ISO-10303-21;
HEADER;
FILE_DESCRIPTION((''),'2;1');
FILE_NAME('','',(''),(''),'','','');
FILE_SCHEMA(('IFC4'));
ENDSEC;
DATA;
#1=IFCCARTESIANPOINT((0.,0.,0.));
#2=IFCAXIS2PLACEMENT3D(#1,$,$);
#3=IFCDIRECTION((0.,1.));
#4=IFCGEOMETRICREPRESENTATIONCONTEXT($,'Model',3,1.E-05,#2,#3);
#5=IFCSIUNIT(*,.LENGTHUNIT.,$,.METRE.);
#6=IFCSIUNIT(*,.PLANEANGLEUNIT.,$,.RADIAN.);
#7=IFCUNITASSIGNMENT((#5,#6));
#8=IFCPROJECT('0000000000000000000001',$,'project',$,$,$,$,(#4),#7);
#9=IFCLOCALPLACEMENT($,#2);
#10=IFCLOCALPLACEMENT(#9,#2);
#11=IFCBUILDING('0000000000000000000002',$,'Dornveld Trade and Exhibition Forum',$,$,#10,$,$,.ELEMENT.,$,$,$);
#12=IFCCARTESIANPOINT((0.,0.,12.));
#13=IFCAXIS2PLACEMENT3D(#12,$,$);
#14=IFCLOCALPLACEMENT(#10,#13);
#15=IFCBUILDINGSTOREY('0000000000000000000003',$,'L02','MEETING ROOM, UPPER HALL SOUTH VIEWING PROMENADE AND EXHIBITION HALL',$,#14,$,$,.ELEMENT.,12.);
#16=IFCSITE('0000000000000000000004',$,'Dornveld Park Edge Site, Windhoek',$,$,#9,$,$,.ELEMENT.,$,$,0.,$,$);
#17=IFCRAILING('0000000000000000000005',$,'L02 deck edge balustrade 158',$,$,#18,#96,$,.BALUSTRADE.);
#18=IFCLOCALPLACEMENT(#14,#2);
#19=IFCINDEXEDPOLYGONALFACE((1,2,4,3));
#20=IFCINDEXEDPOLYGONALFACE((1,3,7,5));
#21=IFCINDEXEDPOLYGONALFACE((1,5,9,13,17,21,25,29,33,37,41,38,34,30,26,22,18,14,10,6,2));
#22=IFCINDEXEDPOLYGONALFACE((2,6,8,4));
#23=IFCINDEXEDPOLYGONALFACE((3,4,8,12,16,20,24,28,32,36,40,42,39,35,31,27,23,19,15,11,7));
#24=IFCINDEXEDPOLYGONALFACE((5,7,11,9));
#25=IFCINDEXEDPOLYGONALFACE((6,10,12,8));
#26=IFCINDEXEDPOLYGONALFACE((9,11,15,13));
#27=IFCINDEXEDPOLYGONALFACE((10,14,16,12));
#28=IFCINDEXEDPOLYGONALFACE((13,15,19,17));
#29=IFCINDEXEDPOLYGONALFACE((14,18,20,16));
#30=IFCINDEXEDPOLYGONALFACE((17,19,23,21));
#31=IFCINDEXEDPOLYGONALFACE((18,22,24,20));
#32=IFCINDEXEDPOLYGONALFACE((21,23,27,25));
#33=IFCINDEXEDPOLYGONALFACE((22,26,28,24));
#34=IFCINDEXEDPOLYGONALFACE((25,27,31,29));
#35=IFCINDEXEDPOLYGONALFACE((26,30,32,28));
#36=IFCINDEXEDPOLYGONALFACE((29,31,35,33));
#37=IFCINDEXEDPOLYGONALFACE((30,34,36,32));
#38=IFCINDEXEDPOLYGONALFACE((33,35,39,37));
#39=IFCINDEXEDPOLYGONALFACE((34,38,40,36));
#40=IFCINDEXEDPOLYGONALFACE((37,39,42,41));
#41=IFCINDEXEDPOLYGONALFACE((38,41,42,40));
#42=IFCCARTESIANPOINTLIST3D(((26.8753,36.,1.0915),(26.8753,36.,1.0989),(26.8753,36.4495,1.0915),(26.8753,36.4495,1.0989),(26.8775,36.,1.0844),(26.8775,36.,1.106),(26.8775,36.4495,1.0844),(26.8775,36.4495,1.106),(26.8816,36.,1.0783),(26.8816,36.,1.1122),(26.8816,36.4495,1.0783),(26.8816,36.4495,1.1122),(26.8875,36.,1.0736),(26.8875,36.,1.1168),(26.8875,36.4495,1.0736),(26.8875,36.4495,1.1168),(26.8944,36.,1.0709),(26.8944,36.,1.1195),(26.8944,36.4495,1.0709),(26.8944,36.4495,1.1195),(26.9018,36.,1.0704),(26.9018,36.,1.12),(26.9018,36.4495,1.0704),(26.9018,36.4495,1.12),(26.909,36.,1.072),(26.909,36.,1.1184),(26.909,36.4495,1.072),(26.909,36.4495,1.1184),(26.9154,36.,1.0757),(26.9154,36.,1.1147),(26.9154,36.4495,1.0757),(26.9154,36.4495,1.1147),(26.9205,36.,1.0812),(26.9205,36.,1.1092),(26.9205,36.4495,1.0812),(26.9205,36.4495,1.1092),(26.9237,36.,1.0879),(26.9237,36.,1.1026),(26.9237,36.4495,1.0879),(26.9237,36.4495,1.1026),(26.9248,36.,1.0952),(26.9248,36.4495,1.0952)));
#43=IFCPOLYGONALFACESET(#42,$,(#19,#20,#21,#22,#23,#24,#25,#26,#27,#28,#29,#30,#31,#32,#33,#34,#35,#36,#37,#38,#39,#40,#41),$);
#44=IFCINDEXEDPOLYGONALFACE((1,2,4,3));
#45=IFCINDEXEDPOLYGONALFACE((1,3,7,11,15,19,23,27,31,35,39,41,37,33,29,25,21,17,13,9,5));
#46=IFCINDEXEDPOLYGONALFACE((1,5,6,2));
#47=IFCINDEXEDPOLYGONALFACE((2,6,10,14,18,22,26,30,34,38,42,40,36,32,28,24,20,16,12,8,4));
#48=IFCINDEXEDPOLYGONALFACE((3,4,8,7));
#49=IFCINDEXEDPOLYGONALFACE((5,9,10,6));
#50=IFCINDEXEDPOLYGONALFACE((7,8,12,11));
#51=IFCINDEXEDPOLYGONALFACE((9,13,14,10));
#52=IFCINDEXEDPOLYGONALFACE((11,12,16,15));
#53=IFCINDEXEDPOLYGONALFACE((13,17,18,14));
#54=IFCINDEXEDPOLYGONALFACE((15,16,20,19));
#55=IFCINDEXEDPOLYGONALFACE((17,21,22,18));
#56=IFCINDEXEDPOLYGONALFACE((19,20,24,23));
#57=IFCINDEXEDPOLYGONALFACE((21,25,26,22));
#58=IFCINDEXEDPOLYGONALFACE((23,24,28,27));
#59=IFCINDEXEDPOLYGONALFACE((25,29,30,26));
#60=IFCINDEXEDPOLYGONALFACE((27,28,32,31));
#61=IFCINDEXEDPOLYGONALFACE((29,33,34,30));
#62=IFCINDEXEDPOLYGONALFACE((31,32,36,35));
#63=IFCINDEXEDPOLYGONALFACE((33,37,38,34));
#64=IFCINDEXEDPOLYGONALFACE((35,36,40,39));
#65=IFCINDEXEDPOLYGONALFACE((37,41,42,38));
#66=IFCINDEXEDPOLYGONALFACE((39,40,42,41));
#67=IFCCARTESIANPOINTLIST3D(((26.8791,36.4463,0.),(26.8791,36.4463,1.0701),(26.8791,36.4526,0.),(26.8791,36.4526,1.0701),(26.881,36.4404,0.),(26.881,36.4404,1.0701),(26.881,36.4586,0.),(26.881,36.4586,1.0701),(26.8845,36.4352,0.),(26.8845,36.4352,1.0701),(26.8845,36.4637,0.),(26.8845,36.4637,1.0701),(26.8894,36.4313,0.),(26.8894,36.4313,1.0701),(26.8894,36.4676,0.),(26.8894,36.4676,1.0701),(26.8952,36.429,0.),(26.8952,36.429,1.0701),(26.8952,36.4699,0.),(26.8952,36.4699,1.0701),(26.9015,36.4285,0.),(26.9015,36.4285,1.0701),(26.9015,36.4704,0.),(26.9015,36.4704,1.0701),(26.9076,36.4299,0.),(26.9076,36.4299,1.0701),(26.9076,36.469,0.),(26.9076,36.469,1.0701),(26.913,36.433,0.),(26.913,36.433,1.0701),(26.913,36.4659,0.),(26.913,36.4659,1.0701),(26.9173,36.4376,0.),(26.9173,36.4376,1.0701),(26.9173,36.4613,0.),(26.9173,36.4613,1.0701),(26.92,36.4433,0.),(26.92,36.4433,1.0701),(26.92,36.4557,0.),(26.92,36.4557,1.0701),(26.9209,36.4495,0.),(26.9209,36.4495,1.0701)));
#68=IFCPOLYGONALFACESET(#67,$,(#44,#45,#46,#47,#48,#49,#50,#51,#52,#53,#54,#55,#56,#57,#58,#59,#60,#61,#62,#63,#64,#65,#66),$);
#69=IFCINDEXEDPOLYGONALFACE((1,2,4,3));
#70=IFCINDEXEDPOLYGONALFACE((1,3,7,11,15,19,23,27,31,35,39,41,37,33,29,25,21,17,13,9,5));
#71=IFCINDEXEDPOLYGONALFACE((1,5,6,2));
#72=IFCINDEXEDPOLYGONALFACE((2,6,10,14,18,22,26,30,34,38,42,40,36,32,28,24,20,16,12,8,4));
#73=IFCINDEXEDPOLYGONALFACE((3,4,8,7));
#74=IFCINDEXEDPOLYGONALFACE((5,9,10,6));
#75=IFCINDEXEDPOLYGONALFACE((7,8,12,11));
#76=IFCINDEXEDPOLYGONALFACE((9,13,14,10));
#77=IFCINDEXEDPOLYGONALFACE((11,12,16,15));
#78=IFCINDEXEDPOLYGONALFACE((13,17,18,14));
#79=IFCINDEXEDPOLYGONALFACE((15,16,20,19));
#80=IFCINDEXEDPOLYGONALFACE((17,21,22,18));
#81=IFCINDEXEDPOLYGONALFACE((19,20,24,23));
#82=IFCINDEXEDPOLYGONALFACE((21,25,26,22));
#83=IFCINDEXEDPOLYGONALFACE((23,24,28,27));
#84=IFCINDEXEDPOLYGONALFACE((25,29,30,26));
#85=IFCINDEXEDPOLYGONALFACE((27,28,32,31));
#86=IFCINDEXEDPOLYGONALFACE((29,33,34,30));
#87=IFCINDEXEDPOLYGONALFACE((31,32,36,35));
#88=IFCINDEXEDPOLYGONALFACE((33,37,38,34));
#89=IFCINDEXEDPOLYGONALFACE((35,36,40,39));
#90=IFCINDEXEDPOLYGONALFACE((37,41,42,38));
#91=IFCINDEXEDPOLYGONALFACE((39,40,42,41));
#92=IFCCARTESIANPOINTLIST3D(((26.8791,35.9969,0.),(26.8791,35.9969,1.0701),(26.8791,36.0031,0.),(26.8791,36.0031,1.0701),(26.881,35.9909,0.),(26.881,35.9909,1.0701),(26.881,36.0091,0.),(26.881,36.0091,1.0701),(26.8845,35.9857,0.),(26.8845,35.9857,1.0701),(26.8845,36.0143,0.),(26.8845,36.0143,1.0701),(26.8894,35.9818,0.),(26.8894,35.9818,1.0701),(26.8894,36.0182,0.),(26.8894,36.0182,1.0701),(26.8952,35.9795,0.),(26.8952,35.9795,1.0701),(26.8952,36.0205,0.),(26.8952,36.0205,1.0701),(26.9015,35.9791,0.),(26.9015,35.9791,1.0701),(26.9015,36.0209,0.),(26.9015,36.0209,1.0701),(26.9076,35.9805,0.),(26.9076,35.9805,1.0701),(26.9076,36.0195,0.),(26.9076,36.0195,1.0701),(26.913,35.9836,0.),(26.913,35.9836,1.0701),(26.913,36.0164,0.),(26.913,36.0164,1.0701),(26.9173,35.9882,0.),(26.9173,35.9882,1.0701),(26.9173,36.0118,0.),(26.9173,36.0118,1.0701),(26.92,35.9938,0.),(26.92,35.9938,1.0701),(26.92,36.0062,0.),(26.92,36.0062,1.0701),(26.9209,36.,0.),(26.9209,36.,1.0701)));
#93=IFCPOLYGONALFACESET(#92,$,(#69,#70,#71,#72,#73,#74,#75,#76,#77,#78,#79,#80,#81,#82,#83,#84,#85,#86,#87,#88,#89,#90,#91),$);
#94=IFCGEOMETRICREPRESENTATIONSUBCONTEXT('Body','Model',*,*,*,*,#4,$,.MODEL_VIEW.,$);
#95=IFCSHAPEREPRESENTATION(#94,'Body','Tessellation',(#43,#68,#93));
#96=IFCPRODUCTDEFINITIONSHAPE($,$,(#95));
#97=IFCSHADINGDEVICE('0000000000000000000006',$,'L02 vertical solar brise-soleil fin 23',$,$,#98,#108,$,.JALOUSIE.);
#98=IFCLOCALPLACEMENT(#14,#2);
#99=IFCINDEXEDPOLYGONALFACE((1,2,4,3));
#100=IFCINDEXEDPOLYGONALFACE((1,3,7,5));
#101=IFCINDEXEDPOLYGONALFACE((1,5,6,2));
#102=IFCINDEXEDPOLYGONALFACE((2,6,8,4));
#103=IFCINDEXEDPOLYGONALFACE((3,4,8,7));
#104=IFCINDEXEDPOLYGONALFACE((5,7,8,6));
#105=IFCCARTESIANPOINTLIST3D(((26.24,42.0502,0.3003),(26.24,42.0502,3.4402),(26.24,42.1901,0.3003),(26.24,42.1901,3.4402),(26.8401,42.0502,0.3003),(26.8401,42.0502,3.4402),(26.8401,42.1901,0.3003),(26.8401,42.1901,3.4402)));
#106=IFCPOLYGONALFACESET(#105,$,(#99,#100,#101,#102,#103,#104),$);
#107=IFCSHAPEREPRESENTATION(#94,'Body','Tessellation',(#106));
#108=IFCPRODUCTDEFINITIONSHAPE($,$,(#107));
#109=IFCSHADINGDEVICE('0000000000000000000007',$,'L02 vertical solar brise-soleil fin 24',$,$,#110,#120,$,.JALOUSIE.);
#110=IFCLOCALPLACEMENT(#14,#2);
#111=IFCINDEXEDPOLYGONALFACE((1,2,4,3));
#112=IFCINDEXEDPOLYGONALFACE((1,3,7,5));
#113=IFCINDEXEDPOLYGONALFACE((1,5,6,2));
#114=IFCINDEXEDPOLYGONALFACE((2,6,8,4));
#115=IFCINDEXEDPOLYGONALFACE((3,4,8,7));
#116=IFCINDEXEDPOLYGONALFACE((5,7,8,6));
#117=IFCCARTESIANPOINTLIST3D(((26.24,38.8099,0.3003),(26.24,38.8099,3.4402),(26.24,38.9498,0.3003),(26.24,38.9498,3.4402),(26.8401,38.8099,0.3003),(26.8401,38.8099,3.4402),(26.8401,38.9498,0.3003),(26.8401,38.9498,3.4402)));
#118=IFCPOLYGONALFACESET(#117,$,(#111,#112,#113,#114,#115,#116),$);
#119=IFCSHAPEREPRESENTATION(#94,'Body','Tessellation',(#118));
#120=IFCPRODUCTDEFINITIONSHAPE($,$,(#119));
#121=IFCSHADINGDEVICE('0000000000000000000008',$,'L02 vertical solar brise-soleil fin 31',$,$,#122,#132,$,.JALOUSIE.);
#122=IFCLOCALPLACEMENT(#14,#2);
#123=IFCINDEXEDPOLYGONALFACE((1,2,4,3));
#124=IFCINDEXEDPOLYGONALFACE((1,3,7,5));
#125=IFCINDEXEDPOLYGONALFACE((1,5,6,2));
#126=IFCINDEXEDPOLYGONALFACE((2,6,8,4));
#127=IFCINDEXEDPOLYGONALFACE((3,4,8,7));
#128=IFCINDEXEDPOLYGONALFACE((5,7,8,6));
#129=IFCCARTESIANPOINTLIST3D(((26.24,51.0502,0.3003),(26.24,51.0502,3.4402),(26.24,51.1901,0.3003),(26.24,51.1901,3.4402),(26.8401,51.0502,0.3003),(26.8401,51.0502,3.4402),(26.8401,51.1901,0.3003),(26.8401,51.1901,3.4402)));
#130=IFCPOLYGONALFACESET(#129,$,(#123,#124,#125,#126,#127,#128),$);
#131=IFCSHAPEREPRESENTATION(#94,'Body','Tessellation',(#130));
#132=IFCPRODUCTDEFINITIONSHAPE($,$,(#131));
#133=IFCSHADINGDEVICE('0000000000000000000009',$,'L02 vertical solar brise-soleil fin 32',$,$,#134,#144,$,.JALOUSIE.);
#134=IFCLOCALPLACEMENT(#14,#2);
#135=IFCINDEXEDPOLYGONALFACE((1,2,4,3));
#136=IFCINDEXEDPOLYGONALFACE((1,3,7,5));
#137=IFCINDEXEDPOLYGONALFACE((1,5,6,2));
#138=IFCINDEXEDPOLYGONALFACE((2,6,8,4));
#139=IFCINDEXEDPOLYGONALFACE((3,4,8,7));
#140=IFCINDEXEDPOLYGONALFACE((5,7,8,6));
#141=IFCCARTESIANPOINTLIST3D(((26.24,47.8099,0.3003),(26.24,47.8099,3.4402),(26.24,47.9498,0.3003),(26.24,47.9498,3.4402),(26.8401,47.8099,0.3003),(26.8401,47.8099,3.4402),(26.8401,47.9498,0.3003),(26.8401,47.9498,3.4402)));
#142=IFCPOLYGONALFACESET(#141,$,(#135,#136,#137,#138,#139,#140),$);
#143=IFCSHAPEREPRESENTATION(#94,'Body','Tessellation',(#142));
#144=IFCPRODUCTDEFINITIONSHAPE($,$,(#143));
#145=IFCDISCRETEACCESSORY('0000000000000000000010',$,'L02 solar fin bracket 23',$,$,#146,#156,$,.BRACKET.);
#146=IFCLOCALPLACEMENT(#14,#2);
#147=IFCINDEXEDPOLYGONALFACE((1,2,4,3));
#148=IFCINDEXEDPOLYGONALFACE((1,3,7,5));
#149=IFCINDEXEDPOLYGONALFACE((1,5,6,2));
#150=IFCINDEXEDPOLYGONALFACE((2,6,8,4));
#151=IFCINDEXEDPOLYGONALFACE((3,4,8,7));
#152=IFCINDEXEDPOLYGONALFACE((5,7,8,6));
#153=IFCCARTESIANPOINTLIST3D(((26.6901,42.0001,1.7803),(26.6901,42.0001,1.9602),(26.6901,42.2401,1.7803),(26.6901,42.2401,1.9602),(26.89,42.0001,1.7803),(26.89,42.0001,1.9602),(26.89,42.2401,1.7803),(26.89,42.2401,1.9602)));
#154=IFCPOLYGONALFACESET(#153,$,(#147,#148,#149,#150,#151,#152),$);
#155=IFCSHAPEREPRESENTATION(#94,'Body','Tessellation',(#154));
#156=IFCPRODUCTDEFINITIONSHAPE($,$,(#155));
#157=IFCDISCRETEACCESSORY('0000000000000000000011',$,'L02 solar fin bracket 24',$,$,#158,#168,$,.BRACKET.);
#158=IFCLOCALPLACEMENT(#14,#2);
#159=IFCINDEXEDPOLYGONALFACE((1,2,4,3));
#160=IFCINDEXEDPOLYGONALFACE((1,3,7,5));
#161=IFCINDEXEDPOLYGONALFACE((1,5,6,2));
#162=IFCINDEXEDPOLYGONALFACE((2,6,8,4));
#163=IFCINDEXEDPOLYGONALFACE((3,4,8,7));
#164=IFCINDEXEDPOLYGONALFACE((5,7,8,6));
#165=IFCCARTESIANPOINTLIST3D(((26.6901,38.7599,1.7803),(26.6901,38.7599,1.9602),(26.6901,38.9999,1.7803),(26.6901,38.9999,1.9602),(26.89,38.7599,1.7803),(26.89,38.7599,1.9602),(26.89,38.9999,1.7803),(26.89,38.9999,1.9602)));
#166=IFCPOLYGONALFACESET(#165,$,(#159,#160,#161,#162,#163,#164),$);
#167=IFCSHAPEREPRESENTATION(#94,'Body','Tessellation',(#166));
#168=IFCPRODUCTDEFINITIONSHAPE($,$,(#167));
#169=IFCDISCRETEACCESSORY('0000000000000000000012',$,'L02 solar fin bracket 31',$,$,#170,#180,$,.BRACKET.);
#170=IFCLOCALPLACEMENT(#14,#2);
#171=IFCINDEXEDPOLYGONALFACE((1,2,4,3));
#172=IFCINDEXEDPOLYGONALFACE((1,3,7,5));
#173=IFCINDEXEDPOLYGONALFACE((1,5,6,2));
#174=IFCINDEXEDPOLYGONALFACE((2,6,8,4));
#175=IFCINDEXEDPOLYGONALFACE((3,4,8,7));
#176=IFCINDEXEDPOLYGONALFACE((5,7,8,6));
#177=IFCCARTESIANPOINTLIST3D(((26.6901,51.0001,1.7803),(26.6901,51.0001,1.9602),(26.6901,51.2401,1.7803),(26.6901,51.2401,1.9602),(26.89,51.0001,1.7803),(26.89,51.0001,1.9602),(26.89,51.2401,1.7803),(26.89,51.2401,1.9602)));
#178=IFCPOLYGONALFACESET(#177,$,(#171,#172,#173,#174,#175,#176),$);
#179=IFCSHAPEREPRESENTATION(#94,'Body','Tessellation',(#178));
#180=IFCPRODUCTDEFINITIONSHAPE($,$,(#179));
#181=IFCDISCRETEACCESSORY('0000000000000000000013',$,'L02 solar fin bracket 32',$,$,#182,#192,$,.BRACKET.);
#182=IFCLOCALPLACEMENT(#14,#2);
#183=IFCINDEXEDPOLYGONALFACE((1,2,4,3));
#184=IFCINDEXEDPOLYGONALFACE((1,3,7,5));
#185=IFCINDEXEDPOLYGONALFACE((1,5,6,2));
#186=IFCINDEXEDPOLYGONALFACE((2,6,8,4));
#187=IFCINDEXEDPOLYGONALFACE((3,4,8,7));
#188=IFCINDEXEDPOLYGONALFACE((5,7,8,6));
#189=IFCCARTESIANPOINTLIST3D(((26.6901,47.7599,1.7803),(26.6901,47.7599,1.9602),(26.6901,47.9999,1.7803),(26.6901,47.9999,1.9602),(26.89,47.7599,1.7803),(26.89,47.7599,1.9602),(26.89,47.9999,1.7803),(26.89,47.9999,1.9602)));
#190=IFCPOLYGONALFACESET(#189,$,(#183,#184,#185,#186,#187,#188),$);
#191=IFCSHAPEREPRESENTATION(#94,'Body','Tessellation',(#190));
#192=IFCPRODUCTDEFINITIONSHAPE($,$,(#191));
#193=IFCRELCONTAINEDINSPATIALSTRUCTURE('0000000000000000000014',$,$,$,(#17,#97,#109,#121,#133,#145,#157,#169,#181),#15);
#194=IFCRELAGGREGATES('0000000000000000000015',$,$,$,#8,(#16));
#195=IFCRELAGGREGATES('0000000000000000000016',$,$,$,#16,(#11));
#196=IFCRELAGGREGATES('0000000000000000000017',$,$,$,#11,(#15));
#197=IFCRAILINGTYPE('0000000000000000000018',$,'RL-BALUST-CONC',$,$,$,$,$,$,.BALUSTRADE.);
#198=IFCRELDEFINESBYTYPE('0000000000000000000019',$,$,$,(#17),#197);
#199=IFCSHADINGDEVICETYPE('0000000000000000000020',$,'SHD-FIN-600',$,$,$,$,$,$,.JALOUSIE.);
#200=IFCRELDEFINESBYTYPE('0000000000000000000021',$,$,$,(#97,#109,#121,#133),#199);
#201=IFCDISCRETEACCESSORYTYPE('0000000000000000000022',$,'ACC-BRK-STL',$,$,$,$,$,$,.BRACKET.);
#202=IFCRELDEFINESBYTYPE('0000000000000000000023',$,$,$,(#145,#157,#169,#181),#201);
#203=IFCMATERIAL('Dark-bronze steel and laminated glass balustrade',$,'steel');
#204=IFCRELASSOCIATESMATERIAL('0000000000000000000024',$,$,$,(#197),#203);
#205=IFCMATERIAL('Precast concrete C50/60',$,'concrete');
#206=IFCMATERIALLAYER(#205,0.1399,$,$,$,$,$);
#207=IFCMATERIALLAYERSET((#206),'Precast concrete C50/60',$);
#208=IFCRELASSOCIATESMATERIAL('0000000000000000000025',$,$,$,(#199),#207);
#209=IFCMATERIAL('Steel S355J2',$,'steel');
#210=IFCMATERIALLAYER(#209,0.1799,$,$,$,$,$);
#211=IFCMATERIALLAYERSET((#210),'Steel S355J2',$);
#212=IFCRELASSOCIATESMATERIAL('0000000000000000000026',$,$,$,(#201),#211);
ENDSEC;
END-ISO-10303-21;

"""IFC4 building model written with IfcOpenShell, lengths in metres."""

from ifc_helpers import new_model, si_unit, direction, frame, origin, origin_2d, place, context, subcontext, project, spatial, rectangle, circle, extrude, material, layer, layer_set, type_object, element, save


model = new_model("IFC4")

# Units and contexts
model_context = context("Model", 3, precision=1e-05, world=origin(), true_north=direction((0.0, 1.0)))
body_context = subcontext(model_context, "Body", "Model", "MODEL_VIEW")
ifc_project = project(units=[si_unit("LENGTHUNIT", "METRE"), si_unit("PLANEANGLEUNIT", "RADIAN")], contexts=[model_context])

# Site, building, storey
site_placement = place(None, origin())
site = spatial("IfcSite", under=ifc_project, at=site_placement, Name="Dornveld Park Edge Site, Windhoek", CompositionType="ELEMENT", RefElevation=0.0)
building_placement = place(site_placement, origin())
building = spatial("IfcBuilding", under=site, at=building_placement, Name="Dornveld Trade and Exhibition Forum", CompositionType="ELEMENT")
storey_placement = place(building_placement, frame((0.0, 0.0, 12.0)))
storey = spatial("IfcBuildingStorey", under=building, at=storey_placement, Name="L02", Description="MEETING ROOM, UPPER HALL SOUTH VIEWING PROMENADE AND EXHIBITION HALL", CompositionType="ELEMENT", Elevation=12.0)

# Railing
ifc_material_1 = material(Name="Dark-bronze steel and laminated glass balustrade", Category="steel")
railing_type_1 = type_object("IfcRailingType", Name="RL-BALUST-CONC", PredefinedType="BALUSTRADE", material=ifc_material_1)
railing_1_placement = place(storey_placement, frame((26.8999, 36.4495, 0.0)))
element("IfcRailing", 1, at=railing_1_placement, inside=storey, type_object=railing_type_1, Name="L02 deck edge balustrade 158", PredefinedType="BALUSTRADE", context=body_context, shape_type="SweptSolid", body=[
    extrude(circle(Radius=0.0249, at=origin_2d()), frame((0.0, 0.0, 1.0952), z_axis=(0.0, -1.0, 0.0), x_axis=(1.0, 0.0, 0.0)), (0.0, 0.0, 1.0), 0.4495),
    extrude(circle(Radius=0.021, at=origin_2d()), origin(), (0.0, 0.0, 1.0), 1.0701),
    extrude(circle(Radius=0.021, at=origin_2d()), frame((0.0, -0.4495, 0.0)), (0.0, 0.0, 1.0), 1.0701),
])

# Shading devices
ifc_material_2 = material(Name="Precast concrete C50/60", Category="concrete")
ifc_layer_1 = layer(ifc_material_2, 0.1399)
ifc_layer_set_1 = layer_set([ifc_layer_1], Name="Precast concrete C50/60")
shading_device_type = type_object("IfcShadingDeviceType", Name="SHD-FIN-600", PredefinedType="JALOUSIE", material=ifc_layer_set_1)
for number, where, z_axis, x_axis, name in (
    (2, (26.54, 42.1201, 0.3003), (0.0, 0.0, 1.0), (0.0, -1.0, 0.0), "L02 vertical solar brise-soleil fin 23"),
    (3, (26.54, 38.8799, 0.3003), (0.0, 0.0, 1.0), (0.0, -1.0, 0.0), "L02 vertical solar brise-soleil fin 24"),
    (4, (26.54, 51.1201, 0.3003), (0.0, 0.0, 1.0), (0.0, -1.0, 0.0), "L02 vertical solar brise-soleil fin 31"),
    (5, (26.54, 47.8799, 0.3003), (0.0, 0.0, 1.0), (0.0, -1.0, 0.0), "L02 vertical solar brise-soleil fin 32"),
):
    element("IfcShadingDevice", number, at=place(storey_placement, frame(where, z_axis=z_axis, x_axis=x_axis)), inside=storey, type_object=shading_device_type, Name=name, PredefinedType="JALOUSIE", context=body_context, shape_type="SweptSolid", body=[
        extrude(rectangle(XDim=0.1399, YDim=0.6001, at=origin_2d()), origin(), (0.0, 0.0, 1.0), 3.1399),
    ])

# Discrete accessories
ifc_material_3 = material(Name="Steel S355J2", Category="steel")
ifc_layer_2 = layer(ifc_material_3, 0.1799)
ifc_layer_set_2 = layer_set([ifc_layer_2], Name="Steel S355J2")
discrete_accessory_type = type_object("IfcDiscreteAccessoryType", Name="ACC-BRK-STL", PredefinedType="BRACKET", material=ifc_layer_set_2)
for number, where, z_axis, x_axis, name in (
    (6, (26.79, 42.1201, 1.7803), (0.0, 0.0, 1.0), (0.0, -1.0, 0.0), "L02 solar fin bracket 23"),
    (7, (26.79, 38.8799, 1.7803), (0.0, 0.0, 1.0), (0.0, -1.0, 0.0), "L02 solar fin bracket 24"),
    (8, (26.79, 51.1201, 1.7803), (0.0, 0.0, 1.0), (0.0, -1.0, 0.0), "L02 solar fin bracket 31"),
    (9, (26.79, 47.8799, 1.7803), (0.0, 0.0, 1.0), (0.0, -1.0, 0.0), "L02 solar fin bracket 32"),
):
    element("IfcDiscreteAccessory", number, at=place(storey_placement, frame(where, z_axis=z_axis, x_axis=x_axis)), inside=storey, type_object=discrete_accessory_type, Name=name, PredefinedType="BRACKET", context=body_context, shape_type="SweptSolid", body=[
        extrude(rectangle(XDim=0.24, YDim=0.2, at=origin_2d()), origin(), (0.0, 0.0, 1.0), 0.1799),
    ])

save(model, "model.ifc")
